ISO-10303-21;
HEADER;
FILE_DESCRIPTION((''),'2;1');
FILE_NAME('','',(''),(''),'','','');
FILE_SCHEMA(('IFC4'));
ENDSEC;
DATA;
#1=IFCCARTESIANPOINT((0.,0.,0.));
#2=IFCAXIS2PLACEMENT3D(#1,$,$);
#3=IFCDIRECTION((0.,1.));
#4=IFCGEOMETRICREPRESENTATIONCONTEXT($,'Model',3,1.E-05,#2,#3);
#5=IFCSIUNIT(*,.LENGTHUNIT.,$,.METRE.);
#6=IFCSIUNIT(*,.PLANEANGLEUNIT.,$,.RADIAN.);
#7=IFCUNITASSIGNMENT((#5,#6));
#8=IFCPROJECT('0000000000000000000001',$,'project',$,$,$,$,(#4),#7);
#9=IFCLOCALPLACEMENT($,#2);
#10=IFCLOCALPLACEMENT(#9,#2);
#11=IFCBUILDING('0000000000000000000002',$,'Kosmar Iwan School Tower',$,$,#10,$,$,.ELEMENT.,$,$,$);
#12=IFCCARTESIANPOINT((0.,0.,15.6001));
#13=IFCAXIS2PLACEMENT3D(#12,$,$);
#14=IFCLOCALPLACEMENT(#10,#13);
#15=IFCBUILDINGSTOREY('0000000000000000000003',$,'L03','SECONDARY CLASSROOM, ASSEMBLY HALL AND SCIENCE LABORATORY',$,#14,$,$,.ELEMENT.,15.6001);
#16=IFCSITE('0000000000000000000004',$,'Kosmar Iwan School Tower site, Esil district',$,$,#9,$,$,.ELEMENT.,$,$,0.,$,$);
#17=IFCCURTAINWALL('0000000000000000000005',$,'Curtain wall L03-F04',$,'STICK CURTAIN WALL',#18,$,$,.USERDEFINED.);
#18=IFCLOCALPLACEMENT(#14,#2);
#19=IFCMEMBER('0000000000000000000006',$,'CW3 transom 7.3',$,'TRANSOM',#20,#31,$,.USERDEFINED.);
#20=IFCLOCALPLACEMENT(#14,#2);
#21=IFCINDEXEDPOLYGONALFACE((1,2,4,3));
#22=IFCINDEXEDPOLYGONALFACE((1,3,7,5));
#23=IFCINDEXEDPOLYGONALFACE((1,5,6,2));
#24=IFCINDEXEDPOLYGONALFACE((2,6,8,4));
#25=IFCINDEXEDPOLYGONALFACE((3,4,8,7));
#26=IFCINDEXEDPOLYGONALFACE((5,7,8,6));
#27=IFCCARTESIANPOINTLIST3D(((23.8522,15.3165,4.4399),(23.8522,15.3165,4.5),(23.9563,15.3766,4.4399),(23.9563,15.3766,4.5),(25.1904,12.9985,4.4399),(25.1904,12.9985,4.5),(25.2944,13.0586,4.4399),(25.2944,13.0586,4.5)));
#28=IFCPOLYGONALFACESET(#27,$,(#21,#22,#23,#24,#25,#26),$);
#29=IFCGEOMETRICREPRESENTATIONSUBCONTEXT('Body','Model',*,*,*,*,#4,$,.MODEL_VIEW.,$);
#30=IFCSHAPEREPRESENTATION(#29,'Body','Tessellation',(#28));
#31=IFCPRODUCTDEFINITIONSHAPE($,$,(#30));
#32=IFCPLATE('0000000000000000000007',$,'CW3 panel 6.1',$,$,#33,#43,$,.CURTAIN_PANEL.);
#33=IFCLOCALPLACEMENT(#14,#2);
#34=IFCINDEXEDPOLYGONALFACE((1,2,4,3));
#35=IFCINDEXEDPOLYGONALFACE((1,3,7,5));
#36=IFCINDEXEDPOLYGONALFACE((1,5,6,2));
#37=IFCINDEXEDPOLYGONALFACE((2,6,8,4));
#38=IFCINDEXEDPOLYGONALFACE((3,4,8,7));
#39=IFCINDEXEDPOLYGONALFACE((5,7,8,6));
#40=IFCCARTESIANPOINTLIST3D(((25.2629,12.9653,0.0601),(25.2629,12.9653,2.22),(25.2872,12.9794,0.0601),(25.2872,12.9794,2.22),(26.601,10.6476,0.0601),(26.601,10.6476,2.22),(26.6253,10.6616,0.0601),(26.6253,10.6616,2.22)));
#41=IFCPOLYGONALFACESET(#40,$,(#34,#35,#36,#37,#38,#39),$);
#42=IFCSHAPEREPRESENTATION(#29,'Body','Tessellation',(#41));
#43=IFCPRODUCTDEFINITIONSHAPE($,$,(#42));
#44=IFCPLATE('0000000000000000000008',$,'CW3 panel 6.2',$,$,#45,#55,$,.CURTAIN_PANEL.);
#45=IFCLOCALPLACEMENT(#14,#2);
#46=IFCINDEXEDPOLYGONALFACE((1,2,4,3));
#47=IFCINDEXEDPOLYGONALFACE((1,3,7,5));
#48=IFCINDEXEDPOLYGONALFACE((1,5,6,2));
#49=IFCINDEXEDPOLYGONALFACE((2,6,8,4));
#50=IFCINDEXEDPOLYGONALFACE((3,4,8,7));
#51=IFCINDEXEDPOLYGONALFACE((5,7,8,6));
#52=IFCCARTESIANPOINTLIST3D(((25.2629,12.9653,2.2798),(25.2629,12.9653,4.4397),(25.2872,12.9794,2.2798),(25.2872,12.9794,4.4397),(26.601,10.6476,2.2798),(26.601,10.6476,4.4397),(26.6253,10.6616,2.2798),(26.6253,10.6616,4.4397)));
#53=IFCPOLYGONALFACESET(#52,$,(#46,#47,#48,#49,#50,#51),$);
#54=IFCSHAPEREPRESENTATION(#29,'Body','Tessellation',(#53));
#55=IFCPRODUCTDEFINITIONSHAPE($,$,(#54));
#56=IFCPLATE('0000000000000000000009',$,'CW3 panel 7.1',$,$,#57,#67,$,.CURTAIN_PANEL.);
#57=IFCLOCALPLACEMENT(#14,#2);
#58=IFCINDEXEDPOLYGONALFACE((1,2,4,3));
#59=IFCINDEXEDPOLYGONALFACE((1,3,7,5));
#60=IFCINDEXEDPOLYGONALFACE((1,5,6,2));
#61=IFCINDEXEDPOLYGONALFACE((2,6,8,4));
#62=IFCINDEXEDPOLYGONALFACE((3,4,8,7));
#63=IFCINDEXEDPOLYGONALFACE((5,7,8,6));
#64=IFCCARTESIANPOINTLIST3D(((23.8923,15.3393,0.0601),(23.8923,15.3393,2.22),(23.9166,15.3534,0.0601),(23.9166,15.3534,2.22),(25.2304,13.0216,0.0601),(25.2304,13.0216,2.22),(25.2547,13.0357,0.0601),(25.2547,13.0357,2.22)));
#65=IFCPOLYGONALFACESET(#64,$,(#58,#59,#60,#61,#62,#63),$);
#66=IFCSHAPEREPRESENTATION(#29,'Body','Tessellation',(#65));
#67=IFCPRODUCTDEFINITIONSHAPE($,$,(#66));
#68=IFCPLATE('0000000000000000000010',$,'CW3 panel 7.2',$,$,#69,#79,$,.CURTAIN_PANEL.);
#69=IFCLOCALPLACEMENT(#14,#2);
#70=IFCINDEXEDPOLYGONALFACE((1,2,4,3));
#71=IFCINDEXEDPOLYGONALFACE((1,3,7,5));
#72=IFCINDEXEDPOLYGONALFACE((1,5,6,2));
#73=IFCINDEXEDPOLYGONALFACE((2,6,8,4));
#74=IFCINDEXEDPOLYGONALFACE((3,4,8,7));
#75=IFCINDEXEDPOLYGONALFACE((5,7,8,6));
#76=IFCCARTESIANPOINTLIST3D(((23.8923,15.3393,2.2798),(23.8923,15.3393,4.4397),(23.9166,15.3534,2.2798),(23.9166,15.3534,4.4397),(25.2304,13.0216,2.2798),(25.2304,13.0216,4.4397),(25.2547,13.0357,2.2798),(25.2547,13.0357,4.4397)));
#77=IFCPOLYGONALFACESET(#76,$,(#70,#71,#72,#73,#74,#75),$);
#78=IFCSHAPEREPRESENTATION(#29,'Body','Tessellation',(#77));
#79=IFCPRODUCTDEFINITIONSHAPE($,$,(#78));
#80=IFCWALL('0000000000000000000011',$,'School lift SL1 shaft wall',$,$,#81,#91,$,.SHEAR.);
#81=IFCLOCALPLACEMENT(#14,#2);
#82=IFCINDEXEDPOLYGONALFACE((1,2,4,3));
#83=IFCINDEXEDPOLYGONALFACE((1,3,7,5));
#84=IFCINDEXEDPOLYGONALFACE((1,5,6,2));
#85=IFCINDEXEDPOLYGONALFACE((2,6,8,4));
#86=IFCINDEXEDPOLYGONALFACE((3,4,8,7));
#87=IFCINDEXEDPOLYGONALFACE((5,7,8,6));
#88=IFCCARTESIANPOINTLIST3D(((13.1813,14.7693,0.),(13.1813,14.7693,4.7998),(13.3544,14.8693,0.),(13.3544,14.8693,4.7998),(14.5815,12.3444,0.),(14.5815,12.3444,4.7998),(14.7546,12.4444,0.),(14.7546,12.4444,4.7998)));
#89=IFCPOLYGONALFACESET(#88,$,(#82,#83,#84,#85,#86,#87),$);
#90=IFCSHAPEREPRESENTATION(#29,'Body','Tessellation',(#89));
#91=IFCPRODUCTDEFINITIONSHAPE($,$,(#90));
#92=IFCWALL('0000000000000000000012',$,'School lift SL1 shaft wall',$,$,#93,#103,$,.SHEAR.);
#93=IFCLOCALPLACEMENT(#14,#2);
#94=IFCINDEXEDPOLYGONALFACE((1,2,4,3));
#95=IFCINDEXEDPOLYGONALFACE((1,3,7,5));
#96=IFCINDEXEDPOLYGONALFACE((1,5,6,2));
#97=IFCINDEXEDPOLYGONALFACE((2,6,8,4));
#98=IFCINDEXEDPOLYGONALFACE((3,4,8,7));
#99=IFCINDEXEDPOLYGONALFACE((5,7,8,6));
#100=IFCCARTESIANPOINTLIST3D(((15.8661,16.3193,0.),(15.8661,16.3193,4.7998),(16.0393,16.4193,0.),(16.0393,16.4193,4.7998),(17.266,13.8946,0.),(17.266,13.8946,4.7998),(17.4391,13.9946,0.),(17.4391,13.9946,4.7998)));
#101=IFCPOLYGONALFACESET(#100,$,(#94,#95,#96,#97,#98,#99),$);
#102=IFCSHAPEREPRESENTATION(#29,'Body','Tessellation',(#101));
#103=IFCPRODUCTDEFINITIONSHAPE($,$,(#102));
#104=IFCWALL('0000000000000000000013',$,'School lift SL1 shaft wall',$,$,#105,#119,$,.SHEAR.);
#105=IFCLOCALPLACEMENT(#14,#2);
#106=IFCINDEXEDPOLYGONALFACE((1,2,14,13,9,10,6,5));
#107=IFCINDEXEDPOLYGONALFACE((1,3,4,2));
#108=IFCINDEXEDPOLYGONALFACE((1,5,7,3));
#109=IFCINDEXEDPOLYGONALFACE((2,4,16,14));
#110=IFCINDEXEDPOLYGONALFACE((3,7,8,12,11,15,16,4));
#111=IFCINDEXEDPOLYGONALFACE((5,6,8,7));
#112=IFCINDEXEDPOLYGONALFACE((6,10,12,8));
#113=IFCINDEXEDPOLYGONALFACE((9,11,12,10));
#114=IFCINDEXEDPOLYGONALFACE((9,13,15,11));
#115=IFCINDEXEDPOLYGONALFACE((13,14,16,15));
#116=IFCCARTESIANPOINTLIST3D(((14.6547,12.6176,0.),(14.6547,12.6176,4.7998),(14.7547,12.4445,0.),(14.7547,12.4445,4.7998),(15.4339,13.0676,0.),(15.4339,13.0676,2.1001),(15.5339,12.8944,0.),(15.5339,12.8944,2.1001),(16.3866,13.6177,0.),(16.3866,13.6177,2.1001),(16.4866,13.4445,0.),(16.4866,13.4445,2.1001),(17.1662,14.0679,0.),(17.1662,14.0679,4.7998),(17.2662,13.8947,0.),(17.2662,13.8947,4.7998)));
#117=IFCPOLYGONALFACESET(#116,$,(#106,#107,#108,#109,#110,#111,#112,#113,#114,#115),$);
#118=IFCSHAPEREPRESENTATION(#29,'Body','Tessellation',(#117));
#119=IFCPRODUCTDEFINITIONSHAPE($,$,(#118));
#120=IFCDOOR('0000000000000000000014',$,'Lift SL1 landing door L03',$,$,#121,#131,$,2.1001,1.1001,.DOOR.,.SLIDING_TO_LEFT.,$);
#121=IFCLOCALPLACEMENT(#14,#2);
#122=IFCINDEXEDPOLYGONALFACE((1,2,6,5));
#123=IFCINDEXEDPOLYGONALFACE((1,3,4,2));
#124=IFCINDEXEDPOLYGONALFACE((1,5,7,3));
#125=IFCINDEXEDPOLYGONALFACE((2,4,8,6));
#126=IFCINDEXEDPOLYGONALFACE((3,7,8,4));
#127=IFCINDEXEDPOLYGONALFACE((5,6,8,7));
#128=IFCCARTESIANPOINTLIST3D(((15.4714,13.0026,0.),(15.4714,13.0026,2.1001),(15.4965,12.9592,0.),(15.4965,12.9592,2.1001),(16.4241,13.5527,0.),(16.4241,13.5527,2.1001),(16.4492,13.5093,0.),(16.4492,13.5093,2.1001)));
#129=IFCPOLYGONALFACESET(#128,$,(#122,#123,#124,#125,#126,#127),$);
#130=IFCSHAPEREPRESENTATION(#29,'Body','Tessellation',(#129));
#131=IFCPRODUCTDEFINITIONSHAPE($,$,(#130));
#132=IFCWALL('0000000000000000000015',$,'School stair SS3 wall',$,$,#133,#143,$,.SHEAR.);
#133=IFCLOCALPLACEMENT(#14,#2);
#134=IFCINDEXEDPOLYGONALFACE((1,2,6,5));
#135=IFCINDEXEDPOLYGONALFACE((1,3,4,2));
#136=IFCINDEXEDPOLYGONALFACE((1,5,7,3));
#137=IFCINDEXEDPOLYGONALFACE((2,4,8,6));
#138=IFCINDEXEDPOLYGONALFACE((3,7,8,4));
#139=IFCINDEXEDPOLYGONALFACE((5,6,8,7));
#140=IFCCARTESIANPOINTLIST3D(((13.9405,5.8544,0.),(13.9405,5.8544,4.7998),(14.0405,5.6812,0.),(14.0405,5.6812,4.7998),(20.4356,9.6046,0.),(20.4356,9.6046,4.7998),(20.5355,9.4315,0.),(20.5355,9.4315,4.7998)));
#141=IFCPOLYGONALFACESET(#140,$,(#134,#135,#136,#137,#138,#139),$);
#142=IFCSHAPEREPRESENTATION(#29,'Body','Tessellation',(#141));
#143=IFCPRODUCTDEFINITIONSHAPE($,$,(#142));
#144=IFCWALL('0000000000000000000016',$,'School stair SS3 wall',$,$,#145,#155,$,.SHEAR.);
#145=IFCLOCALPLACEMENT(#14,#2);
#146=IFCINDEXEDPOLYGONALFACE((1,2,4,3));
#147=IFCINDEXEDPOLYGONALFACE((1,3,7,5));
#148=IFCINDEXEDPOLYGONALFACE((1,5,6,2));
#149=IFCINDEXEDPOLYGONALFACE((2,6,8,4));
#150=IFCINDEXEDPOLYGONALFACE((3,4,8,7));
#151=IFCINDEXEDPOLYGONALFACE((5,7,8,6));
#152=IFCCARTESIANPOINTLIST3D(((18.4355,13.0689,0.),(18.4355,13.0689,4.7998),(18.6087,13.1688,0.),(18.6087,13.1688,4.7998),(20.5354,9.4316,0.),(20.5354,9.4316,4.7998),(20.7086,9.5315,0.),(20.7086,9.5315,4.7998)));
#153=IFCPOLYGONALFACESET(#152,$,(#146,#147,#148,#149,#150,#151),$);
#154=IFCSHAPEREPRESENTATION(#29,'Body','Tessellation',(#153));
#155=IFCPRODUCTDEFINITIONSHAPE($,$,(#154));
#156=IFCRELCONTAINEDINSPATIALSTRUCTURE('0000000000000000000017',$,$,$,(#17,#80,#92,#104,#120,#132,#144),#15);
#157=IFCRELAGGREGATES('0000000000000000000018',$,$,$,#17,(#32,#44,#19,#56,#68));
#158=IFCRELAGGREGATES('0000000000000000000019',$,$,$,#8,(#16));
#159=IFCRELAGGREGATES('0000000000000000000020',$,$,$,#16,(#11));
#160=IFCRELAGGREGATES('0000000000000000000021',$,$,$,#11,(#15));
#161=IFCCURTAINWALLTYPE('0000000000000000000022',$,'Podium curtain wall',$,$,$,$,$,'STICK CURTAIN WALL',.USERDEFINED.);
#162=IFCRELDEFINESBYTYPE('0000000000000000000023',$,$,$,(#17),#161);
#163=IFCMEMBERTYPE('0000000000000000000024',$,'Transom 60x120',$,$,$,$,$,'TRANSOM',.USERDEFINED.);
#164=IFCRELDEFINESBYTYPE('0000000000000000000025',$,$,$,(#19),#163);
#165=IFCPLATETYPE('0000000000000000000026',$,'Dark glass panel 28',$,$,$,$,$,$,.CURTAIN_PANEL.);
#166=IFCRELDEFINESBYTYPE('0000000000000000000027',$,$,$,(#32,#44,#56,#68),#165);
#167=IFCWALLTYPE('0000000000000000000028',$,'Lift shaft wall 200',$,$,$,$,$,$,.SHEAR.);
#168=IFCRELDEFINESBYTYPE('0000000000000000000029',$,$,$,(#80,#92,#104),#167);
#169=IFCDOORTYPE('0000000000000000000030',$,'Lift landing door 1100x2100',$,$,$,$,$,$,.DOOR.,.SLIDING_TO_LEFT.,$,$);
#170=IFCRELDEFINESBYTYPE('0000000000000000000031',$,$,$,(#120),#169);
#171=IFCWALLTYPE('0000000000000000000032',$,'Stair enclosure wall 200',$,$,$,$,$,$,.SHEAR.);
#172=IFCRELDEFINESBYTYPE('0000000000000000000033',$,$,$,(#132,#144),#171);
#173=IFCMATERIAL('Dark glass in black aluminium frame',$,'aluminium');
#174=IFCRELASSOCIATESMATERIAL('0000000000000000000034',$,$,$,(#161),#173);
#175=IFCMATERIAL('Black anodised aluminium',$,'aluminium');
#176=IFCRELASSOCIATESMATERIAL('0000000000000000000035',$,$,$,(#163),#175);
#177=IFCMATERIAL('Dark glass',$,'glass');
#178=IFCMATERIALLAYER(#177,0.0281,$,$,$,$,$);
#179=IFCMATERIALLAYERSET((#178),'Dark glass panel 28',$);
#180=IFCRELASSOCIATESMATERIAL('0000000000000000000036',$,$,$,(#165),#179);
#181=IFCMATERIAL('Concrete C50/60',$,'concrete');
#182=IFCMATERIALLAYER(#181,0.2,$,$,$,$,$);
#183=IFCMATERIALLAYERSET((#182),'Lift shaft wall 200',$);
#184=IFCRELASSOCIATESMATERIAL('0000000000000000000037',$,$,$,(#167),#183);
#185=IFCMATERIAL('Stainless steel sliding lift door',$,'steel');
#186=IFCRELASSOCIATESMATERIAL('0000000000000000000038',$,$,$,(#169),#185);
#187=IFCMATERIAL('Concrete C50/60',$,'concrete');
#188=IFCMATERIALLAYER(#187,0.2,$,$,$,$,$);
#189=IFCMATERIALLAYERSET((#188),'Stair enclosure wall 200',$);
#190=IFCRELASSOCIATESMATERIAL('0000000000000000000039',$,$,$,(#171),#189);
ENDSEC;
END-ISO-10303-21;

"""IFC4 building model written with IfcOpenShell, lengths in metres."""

from ifc_helpers import new_model, si_unit, direction, frame, frame_2d, origin, origin_2d, place, context, subcontext, project, spatial, rectangle, extrude, material, layer, layer_set, material_profile, profile_set, type_object, element, fill, aggregate, save


model = new_model("IFC4")

# Units and contexts
model_context = context("Model", 3, precision=1e-05, world=origin(), true_north=direction((0.0, 1.0)))
body_context = subcontext(model_context, "Body", "Model", "MODEL_VIEW")
ifc_project = project(units=[si_unit("LENGTHUNIT", "METRE"), si_unit("PLANEANGLEUNIT", "RADIAN")], contexts=[model_context])

# Site, building, storey
site_placement = place(None, origin())
site = spatial("IfcSite", under=ifc_project, at=site_placement, Name="Kosmar Iwan School Tower site, Esil district", CompositionType="ELEMENT", RefElevation=0.0)
building_placement = place(site_placement, origin())
building = spatial("IfcBuilding", under=site, at=building_placement, Name="Kosmar Iwan School Tower", CompositionType="ELEMENT")
storey_placement = place(building_placement, frame((0.0, 0.0, 15.6001)))
storey = spatial("IfcBuildingStorey", under=building, at=storey_placement, Name="L03", Description="SECONDARY CLASSROOM, ASSEMBLY HALL AND SCIENCE LABORATORY", CompositionType="ELEMENT", Elevation=15.6001)

# Curtain wall
ifc_material_1 = material(Name="Dark glass in black aluminium frame", Category="aluminium")
curtain_wall_type = type_object("IfcCurtainWallType", Name="Podium curtain wall", ElementType="STICK CURTAIN WALL", PredefinedType="USERDEFINED", material=ifc_material_1)
curtain_wall_placement = place(storey_placement, origin())
curtain_wall = element("IfcCurtainWall", 1, at=curtain_wall_placement, inside=storey, type_object=curtain_wall_type, Name="Curtain wall L03-F04", ObjectType="STICK CURTAIN WALL", PredefinedType="USERDEFINED")

# Member
ifc_material_2 = material(Name="Black anodised aluminium", Category="aluminium")
ifc_material_profile_1 = material_profile(ifc_material_2, rectangle(XDim=0.1201, YDim=0.0601, at=origin_2d()), Name="TRANSOM 60x120")
ifc_profile_set_1 = profile_set([ifc_material_profile_1], Name="Black anodised aluminium")
member_type_1 = type_object("IfcMemberType", Name="Transom 60x120", ElementType="TRANSOM", PredefinedType="USERDEFINED", material=ifc_profile_set_1)
member_1_placement = place(storey_placement, frame((25.2424, 13.0286, 4.47), z_axis=(-0.499975, 0.86604, 0.0), x_axis=(-0.86604, -0.499975, 0.0)))
member_1 = element("IfcMember", 2, at=member_1_placement, type_object=member_type_1, Name="CW3 transom 7.3", ObjectType="TRANSOM", PredefinedType="USERDEFINED", context=body_context, shape_type="SweptSolid", body=[
    extrude(rectangle(XDim=0.1201, YDim=0.0601, at=origin_2d()), origin(), (0.0, 0.0, 1.0), 2.6765),
])

# Plates
ifc_material_3 = material(Name="Dark glass", Category="glass")
ifc_layer_1 = layer(ifc_material_3, 0.0281)
ifc_layer_set_1 = layer_set([ifc_layer_1], Name="Dark glass panel 28")
plate_type = type_object("IfcPlateType", Name="Dark glass panel 28", PredefinedType="CURTAIN_PANEL", material=ifc_layer_set_1)
plate_1_placement = place(storey_placement, frame((25.9441, 11.8135, 0.0601), z_axis=(0.0, 0.0, 1.0), x_axis=(-0.5, 0.866025, 0.0)))
plate_1 = element("IfcPlate", 3, at=plate_1_placement, type_object=plate_type, Name="CW3 panel 6.1", PredefinedType="CURTAIN_PANEL", context=body_context, shape_type="SweptSolid", body=[
    extrude(rectangle(XDim=2.6763, YDim=0.0281, at=origin_2d()), origin(), (0.0, 0.0, 1.0), 2.1599),
])
plate_2_placement = place(storey_placement, frame((25.9441, 11.8135, 2.2798), z_axis=(0.0, 0.0, 1.0), x_axis=(-0.5, 0.866025, 0.0)))
plate_2 = element("IfcPlate", 4, at=plate_2_placement, type_object=plate_type, Name="CW3 panel 6.2", PredefinedType="CURTAIN_PANEL", context=body_context, shape_type="SweptSolid", body=[
    extrude(rectangle(XDim=2.6763, YDim=0.0281, at=origin_2d()), origin(), (0.0, 0.0, 1.0), 2.1599),
])
plate_3_placement = place(storey_placement, frame((24.5735, 14.1875, 0.0601), z_axis=(0.0, 0.0, 1.0), x_axis=(-0.5, 0.866025, 0.0)))
plate_3 = element("IfcPlate", 5, at=plate_3_placement, type_object=plate_type, Name="CW3 panel 7.1", PredefinedType="CURTAIN_PANEL", context=body_context, shape_type="SweptSolid", body=[
    extrude(rectangle(XDim=2.6763, YDim=0.0281, at=origin_2d()), origin(), (0.0, 0.0, 1.0), 2.1599),
])
plate_4_placement = place(storey_placement, frame((24.5735, 14.1875, 2.2798), z_axis=(0.0, 0.0, 1.0), x_axis=(-0.5, 0.866025, 0.0)))
plate_4 = element("IfcPlate", 6, at=plate_4_placement, type_object=plate_type, Name="CW3 panel 7.2", PredefinedType="CURTAIN_PANEL", context=body_context, shape_type="SweptSolid", body=[
    extrude(rectangle(XDim=2.6763, YDim=0.0281, at=origin_2d()), origin(), (0.0, 0.0, 1.0), 2.1599),
])
aggregate(curtain_wall, [plate_1, plate_2, member_1, plate_3, plate_4])

# Walls
ifc_material_4 = material(Name="Concrete C50/60", Category="concrete")
ifc_layer_2 = layer(ifc_material_4, 0.2)
ifc_layer_set_2 = layer_set([ifc_layer_2], Name="Lift shaft wall 200")
wall_type_1 = type_object("IfcWallType", Name="Lift shaft wall 200", PredefinedType="SHEAR", material=ifc_layer_set_2)
wall_1_placement = place(storey_placement, frame((14.668, 12.3945, 0.0), z_axis=(0.0, 0.0, 1.0), x_axis=(-0.50005, 0.865997, 0.0)))
element("IfcWall", 7, at=wall_1_placement, inside=storey, type_object=wall_type_1, Name="School lift SL1 shaft wall", PredefinedType="SHEAR", context=body_context, shape_type="SweptSolid", body=[
    extrude(rectangle(XDim=2.8, YDim=0.2, at=frame_2d((1.3999, 0.0))), origin(), (0.0, 0.0, 1.0), 4.7998),
])
wall_2_placement = place(storey_placement, frame((17.3525, 13.9446, 0.0), z_axis=(0.0, 0.0, 1.0), x_axis=(-0.499984, 0.866035, 0.0)))
element("IfcWall", 8, at=wall_2_placement, inside=storey, type_object=wall_type_1, Name="School lift SL1 shaft wall", PredefinedType="SHEAR", context=body_context, shape_type="SweptSolid", body=[
    extrude(rectangle(XDim=2.7998, YDim=0.2, at=frame_2d((1.3999, 0.0))), origin(), (0.0, 0.0, 1.0), 4.7998),
])

# Wall, opening, door
wall_3_placement = place(storey_placement, frame((14.7046, 12.531, 0.0), z_axis=(0.0, 0.0, 1.0), x_axis=(0.865996, 0.50005, 0.0)))
wall_3 = element("IfcWall", 9, at=wall_3_placement, inside=storey, type_object=wall_type_1, Name="School lift SL1 shaft wall", PredefinedType="SHEAR", context=body_context, shape_type="SweptSolid", body=[
    extrude(rectangle(XDim=2.9001, YDim=0.2, at=frame_2d((1.4502, 0.0))), origin(), (0.0, 0.0, 1.0), 4.7998),
])
opening_placement = place(wall_3_placement, frame((0.8999, 0.0, 0.0)))
opening = element("IfcOpeningElement", 10, at=opening_placement, cuts=wall_3, PredefinedType="OPENING", context=body_context, shape_type="SweptSolid", body=[
    extrude(rectangle(XDim=1.1001, YDim=2.1001, at=frame_2d((0.55, 1.05))), frame((0.0, 0.1121, 0.0), z_axis=(0.0, -1.0, 0.0), x_axis=(1.0, 0.0, 0.0)), (0.0, 0.0, 1.0), 0.2239),
])
ifc_material_5 = material(Name="Stainless steel sliding lift door", Category="steel")
door_type = type_object("IfcDoorType", Name="Lift landing door 1100x2100", OperationType="SLIDING_TO_LEFT", PredefinedType="DOOR", material=ifc_material_5)
door_placement = place(opening_placement, origin())
door = element("IfcDoor", 11, at=door_placement, inside=storey, type_object=door_type, Name="Lift SL1 landing door L03", OperationType="SLIDING_TO_LEFT", OverallHeight=2.1001, OverallWidth=1.1001, PredefinedType="DOOR", context=body_context, shape_type="SweptSolid", body=[
    extrude(rectangle(XDim=1.1001, YDim=2.1001, at=frame_2d((0.55, 1.05))), frame((0.0, 0.0249, 0.0), z_axis=(0.0, -1.0, 0.0), x_axis=(1.0, 0.0, 0.0)), (0.0, 0.0, 1.0), 0.05),
])
fill(opening, door)

# Walls
ifc_material_6 = material(Name="Concrete C50/60", Category="concrete")
ifc_layer_3 = layer(ifc_material_6, 0.2)
ifc_layer_set_3 = layer_set([ifc_layer_3], Name="Stair enclosure wall 200")
wall_type_2 = type_object("IfcWallType", Name="Stair enclosure wall 200", PredefinedType="SHEAR", material=ifc_layer_set_3)
wall_4_placement = place(storey_placement, frame((13.9905, 5.7678, 0.0), z_axis=(0.0, 0.0, 1.0), x_axis=(0.866009, 0.500029, 0.0)))
element("IfcWall", 12, at=wall_4_placement, inside=storey, type_object=wall_type_2, Name="School stair SS3 wall", PredefinedType="SHEAR", context=body_context, shape_type="SweptSolid", body=[
    extrude(rectangle(XDim=7.5, YDim=0.2, at=frame_2d((3.75, 0.0))), origin(), (0.0, 0.0, 1.0), 4.7998),
])
wall_5_placement = place(storey_placement, frame((20.6221, 9.4814, 0.0), z_axis=(0.0, 0.0, 1.0), x_axis=(-0.499984, 0.866035, 0.0)))
element("IfcWall", 13, at=wall_5_placement, inside=storey, type_object=wall_type_2, Name="School stair SS3 wall", PredefinedType="SHEAR", context=body_context, shape_type="SweptSolid", body=[
    extrude(rectangle(XDim=4.2, YDim=0.2, at=frame_2d((2.1001, 0.0))), origin(), (0.0, 0.0, 1.0), 4.7998),
])

save(model, "model.ifc")
